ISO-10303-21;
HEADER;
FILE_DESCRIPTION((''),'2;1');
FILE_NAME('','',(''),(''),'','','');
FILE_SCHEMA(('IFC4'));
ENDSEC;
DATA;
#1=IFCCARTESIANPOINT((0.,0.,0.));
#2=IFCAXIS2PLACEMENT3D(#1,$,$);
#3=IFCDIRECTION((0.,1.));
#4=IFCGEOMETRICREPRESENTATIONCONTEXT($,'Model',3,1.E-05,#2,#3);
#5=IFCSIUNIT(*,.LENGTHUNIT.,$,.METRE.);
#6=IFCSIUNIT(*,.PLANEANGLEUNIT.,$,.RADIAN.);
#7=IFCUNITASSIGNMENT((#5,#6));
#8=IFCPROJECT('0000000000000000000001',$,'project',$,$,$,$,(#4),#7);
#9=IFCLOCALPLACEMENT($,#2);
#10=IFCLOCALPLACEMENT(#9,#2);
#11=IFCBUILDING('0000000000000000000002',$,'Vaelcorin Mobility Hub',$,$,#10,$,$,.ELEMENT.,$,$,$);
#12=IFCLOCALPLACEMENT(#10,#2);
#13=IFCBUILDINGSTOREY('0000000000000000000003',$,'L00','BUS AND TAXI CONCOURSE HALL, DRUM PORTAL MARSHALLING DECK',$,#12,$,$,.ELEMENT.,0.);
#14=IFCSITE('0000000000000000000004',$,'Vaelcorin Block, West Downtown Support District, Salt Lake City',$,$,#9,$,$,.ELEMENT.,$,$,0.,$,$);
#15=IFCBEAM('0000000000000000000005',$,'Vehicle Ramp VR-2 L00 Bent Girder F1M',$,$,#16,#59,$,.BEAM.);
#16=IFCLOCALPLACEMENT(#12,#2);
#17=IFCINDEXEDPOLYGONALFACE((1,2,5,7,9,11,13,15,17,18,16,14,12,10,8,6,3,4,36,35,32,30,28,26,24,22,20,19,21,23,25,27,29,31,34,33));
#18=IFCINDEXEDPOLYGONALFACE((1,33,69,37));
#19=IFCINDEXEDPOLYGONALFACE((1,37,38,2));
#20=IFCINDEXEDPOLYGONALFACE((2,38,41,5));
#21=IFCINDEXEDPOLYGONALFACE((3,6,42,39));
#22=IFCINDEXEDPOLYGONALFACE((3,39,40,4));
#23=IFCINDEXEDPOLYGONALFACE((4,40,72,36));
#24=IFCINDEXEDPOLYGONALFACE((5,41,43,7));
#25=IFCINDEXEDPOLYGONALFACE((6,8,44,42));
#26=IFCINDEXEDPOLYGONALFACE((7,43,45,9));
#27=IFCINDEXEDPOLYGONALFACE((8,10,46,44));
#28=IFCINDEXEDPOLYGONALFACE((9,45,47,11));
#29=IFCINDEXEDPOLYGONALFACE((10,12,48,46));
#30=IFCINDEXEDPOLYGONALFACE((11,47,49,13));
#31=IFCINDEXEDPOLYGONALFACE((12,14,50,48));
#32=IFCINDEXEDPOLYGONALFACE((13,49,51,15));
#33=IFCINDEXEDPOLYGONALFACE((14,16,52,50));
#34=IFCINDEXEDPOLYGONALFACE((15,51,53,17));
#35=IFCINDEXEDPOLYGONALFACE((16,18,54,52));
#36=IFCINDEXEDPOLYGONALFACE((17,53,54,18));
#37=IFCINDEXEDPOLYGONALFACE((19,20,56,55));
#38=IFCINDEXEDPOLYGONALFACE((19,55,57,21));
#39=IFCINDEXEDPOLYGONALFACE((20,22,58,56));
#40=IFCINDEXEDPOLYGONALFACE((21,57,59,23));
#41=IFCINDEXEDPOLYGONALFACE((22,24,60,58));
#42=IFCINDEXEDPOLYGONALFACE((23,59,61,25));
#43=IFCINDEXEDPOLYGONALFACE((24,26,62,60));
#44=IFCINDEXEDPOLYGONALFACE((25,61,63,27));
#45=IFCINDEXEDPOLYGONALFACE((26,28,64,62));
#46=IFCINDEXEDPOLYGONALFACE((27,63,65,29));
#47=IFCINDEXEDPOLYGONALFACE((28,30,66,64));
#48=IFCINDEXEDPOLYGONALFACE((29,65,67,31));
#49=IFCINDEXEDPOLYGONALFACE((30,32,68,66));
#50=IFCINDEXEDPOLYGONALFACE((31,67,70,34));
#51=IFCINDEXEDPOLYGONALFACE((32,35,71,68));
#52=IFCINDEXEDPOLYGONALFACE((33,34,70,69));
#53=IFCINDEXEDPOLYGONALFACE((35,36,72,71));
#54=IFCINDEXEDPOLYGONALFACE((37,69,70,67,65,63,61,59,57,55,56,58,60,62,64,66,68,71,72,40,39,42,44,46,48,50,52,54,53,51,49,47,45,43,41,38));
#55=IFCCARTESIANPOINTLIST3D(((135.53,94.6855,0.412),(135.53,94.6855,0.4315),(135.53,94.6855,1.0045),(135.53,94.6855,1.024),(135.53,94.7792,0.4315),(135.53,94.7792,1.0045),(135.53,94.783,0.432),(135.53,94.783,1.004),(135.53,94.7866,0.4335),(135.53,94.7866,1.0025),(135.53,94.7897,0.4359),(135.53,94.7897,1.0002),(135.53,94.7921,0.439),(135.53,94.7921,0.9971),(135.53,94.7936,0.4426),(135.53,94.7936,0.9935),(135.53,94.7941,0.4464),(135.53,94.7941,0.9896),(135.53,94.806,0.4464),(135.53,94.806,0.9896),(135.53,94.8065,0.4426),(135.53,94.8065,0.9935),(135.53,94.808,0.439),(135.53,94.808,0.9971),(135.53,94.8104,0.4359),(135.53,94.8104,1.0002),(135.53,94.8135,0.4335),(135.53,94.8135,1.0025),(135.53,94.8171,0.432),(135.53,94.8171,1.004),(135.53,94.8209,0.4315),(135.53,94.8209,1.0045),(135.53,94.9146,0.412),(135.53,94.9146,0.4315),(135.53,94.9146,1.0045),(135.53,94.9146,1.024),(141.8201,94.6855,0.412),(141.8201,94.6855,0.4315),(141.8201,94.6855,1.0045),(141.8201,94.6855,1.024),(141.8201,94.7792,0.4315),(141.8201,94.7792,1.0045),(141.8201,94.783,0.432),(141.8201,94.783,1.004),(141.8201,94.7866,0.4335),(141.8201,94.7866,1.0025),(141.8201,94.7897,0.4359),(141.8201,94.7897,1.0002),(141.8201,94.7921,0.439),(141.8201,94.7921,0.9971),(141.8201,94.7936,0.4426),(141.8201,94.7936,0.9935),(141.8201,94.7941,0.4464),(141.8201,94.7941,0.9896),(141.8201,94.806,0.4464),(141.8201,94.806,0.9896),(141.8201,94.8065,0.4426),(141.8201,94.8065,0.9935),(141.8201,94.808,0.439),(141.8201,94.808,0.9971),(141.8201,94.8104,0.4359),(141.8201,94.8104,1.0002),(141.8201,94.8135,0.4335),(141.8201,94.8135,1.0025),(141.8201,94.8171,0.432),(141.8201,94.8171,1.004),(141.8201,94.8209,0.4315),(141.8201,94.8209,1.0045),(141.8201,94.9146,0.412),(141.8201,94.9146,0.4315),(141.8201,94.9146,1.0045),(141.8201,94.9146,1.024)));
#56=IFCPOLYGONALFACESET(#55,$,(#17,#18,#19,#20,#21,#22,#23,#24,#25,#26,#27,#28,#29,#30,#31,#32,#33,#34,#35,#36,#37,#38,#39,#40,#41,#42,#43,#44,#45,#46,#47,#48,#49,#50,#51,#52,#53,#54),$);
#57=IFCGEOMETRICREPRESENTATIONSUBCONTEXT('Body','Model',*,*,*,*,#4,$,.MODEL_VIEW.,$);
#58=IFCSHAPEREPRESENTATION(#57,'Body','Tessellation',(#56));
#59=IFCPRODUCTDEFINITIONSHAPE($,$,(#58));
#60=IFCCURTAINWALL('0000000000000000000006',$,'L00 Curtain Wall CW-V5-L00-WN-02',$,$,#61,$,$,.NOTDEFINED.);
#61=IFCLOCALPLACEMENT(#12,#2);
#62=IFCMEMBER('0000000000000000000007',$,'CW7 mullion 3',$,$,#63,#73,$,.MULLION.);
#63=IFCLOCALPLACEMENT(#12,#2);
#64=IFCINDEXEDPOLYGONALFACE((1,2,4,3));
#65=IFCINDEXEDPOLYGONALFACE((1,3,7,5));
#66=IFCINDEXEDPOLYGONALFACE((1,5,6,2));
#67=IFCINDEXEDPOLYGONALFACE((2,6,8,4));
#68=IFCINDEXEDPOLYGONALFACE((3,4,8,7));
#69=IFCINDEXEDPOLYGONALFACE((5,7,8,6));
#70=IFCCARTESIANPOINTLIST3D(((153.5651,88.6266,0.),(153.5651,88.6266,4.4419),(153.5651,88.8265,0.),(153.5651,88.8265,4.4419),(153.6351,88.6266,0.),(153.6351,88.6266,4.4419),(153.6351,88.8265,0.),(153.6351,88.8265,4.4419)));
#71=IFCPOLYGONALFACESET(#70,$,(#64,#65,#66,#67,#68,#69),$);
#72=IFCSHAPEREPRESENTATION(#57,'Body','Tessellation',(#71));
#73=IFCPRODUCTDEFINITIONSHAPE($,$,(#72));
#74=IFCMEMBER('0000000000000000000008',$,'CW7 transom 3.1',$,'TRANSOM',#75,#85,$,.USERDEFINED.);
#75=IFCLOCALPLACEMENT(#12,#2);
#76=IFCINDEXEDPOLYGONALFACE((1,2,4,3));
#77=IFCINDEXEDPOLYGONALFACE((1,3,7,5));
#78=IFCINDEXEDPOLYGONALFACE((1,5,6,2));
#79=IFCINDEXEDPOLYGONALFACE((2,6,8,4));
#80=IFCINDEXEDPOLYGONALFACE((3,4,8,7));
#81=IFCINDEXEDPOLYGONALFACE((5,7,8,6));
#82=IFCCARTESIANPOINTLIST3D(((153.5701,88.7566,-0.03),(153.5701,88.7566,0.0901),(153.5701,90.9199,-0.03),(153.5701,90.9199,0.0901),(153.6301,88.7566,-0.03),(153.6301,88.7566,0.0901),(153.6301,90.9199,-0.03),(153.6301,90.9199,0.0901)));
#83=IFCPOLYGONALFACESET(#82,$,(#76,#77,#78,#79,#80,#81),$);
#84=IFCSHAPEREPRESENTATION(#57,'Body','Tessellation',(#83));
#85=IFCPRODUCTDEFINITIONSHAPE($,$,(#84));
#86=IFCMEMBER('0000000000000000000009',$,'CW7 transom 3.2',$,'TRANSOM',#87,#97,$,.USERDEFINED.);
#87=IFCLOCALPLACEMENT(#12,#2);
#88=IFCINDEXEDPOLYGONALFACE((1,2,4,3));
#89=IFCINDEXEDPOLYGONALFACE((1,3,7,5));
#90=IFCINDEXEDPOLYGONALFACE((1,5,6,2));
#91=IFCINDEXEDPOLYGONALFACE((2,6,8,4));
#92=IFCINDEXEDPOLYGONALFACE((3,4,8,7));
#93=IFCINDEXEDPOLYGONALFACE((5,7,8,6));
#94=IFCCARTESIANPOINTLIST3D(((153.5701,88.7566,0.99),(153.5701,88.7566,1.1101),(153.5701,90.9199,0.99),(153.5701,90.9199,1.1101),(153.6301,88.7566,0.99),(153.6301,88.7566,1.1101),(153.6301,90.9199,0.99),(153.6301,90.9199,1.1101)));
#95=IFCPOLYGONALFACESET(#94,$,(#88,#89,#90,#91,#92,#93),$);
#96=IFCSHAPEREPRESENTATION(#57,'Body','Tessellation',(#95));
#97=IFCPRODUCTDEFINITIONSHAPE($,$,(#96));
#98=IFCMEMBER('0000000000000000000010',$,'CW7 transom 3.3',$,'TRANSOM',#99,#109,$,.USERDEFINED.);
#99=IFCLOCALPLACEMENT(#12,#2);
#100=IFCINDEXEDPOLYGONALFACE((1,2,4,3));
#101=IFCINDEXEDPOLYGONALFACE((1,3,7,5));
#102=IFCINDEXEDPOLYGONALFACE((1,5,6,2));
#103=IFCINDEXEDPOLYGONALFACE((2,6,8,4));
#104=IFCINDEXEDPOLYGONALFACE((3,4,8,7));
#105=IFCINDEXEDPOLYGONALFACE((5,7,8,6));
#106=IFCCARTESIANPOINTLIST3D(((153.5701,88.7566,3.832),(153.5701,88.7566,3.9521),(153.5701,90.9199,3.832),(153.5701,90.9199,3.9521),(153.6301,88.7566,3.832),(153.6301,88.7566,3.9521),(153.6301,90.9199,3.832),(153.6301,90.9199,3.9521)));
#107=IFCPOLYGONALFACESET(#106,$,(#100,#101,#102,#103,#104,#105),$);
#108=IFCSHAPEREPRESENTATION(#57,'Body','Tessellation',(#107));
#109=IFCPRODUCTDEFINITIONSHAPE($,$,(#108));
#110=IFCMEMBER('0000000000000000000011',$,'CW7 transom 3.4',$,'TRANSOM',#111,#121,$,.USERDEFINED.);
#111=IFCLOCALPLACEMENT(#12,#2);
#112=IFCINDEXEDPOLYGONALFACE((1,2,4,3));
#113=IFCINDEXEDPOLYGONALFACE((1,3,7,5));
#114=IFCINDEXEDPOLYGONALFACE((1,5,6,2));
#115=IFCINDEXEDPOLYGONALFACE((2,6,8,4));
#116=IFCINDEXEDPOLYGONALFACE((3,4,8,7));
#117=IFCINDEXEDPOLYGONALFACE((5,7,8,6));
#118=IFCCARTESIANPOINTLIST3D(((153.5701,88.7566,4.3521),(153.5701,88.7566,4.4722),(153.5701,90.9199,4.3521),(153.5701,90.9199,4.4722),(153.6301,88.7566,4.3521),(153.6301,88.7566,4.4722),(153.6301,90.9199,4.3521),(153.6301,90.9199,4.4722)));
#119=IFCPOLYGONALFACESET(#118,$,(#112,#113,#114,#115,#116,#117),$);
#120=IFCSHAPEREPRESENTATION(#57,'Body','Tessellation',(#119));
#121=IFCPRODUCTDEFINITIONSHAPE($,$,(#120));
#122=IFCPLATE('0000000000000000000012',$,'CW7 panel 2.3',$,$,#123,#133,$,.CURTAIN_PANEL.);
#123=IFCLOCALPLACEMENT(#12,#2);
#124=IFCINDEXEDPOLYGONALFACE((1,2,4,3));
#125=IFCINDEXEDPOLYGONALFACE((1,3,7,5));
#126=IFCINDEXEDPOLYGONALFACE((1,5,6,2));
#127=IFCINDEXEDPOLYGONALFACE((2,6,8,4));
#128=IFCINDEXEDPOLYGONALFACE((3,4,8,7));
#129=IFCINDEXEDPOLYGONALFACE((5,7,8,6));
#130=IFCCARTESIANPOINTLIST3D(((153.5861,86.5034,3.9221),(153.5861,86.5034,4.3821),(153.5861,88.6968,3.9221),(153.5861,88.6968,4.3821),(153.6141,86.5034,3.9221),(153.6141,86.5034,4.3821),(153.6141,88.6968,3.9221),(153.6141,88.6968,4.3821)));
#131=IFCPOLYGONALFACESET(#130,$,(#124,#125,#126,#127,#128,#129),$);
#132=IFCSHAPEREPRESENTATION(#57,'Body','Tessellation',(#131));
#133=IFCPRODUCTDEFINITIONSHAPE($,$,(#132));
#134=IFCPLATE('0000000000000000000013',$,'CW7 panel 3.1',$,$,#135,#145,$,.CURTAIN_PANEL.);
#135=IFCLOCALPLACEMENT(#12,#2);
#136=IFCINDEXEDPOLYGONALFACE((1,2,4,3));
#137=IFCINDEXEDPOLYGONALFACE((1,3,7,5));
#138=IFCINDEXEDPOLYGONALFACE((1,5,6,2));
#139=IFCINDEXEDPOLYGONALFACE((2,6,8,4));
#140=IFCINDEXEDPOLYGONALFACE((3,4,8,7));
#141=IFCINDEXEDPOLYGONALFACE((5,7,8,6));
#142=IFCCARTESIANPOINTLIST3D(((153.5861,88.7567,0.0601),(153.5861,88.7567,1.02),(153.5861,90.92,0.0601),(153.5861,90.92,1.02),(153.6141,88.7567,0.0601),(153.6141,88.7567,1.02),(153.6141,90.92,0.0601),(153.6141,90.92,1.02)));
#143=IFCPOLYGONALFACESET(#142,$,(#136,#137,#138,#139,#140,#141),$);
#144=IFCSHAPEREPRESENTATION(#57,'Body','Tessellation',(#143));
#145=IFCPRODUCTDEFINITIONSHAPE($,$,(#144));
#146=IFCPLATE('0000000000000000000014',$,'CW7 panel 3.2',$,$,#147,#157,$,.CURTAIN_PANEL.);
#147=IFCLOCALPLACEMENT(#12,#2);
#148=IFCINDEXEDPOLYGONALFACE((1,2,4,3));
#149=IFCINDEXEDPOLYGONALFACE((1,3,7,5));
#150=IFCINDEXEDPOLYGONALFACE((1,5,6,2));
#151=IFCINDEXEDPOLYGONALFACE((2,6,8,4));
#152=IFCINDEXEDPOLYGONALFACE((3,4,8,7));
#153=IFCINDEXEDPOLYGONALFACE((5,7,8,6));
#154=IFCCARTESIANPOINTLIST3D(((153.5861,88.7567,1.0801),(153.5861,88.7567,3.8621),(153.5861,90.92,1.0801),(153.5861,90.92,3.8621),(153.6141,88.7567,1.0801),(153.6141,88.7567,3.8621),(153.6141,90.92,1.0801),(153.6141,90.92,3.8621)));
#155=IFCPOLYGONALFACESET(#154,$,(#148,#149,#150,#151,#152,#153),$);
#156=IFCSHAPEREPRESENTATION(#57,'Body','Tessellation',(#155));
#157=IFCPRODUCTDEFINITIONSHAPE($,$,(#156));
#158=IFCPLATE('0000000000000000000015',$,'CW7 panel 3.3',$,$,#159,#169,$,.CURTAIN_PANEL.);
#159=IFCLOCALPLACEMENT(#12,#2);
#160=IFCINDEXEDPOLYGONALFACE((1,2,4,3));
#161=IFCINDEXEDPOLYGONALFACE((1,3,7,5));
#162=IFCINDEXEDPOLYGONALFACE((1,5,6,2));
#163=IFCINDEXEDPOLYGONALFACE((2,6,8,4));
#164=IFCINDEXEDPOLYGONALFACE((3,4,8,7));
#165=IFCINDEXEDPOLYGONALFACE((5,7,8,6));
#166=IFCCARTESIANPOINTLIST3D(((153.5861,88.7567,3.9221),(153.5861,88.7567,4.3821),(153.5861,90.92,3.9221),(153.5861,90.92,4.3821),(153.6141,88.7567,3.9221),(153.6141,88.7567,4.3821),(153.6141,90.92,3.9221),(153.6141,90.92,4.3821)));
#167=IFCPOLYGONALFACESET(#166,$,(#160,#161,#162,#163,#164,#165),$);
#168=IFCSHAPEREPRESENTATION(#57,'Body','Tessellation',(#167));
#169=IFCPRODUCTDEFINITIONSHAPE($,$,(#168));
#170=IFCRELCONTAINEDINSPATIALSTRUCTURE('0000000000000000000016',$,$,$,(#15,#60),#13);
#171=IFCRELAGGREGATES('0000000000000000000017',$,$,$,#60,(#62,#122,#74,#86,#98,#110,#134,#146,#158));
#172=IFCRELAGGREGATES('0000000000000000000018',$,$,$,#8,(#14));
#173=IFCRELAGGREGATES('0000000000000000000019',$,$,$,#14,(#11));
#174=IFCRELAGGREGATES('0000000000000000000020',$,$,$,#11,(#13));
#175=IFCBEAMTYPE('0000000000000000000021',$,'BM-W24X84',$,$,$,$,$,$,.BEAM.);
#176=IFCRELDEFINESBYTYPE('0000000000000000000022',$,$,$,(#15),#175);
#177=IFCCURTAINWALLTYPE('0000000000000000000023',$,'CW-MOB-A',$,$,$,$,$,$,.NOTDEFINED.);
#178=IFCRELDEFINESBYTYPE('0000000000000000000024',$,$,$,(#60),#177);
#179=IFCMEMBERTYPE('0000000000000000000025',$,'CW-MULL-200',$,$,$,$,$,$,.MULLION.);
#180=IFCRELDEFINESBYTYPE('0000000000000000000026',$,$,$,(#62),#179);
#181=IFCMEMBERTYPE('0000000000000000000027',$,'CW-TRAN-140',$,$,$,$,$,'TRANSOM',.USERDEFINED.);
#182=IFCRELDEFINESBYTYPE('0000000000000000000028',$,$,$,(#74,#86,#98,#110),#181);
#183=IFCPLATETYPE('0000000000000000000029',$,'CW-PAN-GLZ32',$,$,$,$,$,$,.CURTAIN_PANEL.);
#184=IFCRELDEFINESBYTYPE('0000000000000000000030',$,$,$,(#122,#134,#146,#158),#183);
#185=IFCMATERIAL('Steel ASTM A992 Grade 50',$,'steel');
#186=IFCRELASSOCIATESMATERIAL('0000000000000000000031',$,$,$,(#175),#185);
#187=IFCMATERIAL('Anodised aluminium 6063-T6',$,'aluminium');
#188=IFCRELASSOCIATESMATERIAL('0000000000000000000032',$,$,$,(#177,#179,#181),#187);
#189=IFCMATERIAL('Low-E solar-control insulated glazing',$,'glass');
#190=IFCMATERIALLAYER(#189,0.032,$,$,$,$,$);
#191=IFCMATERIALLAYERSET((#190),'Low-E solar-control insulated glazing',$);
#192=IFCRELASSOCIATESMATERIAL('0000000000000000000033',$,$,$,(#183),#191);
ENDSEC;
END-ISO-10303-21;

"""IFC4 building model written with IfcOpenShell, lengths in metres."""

from ifc_helpers import new_model, si_unit, direction, frame, origin, origin_2d, place, context, subcontext, project, spatial, rectangle, i_section, extrude, material, layer, layer_set, material_profile, profile_set, type_object, element, aggregate, save


model = new_model("IFC4")

# Units and contexts
model_context = context("Model", 3, precision=1e-05, world=origin(), true_north=direction((0.0, 1.0)))
body_context = subcontext(model_context, "Body", "Model", "MODEL_VIEW")
ifc_project = project(units=[si_unit("LENGTHUNIT", "METRE"), si_unit("PLANEANGLEUNIT", "RADIAN")], contexts=[model_context])

# Site, building, storey
site_placement = place(None, origin())
site = spatial("IfcSite", under=ifc_project, at=site_placement, Name="Vaelcorin Block, West Downtown Support District, Salt Lake City", CompositionType="ELEMENT", RefElevation=0.0)
building_placement = place(site_placement, origin())
building = spatial("IfcBuilding", under=site, at=building_placement, Name="Vaelcorin Mobility Hub", CompositionType="ELEMENT")
storey_placement = place(building_placement, origin())
storey = spatial("IfcBuildingStorey", under=building, at=storey_placement, Name="L00", Description="BUS AND TAXI CONCOURSE HALL, DRUM PORTAL MARSHALLING DECK", CompositionType="ELEMENT", Elevation=0.0)

# Shared definitions
ifc_material_1 = material(Name="Steel ASTM A992 Grade 50", Category="steel")

# Beam
ifc_material_profile_1 = material_profile(ifc_material_1, i_section(OverallWidth=0.229, OverallDepth=0.6121, WebThickness=0.012, FlangeThickness=0.0195, FilletRadius=0.0149, at=origin_2d()), Name="W24X84")
ifc_profile_set_1 = profile_set([ifc_material_profile_1], Name="Steel ASTM A992 Grade 50")
beam_type_1 = type_object("IfcBeamType", Name="BM-W24X84", PredefinedType="BEAM", material=ifc_profile_set_1)
beam_1_placement = place(storey_placement, frame((135.53, 94.8, 0.718), z_axis=(1.0, 0.0, 0.0), x_axis=(0.0, 1.0, 0.0)))
element("IfcBeam", 1, at=beam_1_placement, inside=storey, type_object=beam_type_1, Name="Vehicle Ramp VR-2 L00 Bent Girder F1M", PredefinedType="BEAM", context=body_context, shape_type="SweptSolid", body=[
    extrude(i_section(OverallWidth=0.229, OverallDepth=0.6121, WebThickness=0.012, FlangeThickness=0.0195, FilletRadius=0.0149, at=origin_2d()), origin(), (0.0, 0.0, 1.0), 6.29),
])

# Curtain wall, members, plates
ifc_material_2 = material(Name="Anodised aluminium 6063-T6", Category="aluminium")
curtain_wall_type = type_object("IfcCurtainWallType", Name="CW-MOB-A", PredefinedType="NOTDEFINED", material=ifc_material_2)
curtain_wall_placement = place(storey_placement, origin())
curtain_wall = element("IfcCurtainWall", 2, at=curtain_wall_placement, inside=storey, type_object=curtain_wall_type, Name="L00 Curtain Wall CW-V5-L00-WN-02", PredefinedType="NOTDEFINED")
ifc_material_profile_2 = material_profile(ifc_material_2, rectangle(XDim=0.0701, YDim=0.2, at=origin_2d()), Name="ALU-M70X200")
ifc_profile_set_2 = profile_set([ifc_material_profile_2], Name="Anodised aluminium 6063-T6")
member_type_1 = type_object("IfcMemberType", Name="CW-MULL-200", PredefinedType="MULLION", material=ifc_profile_set_2)
member_1_placement = place(storey_placement, frame((153.6001, 88.7266, 0.0), z_axis=(0.0, 0.0, 1.0), x_axis=(-1.0, 0.0, 0.0)))
member_1 = element("IfcMember", 3, at=member_1_placement, type_object=member_type_1, Name="CW7 mullion 3", PredefinedType="MULLION", context=body_context, shape_type="SweptSolid", body=[
    extrude(rectangle(XDim=0.0701, YDim=0.2, at=origin_2d()), origin(), (0.0, 0.0, 1.0), 4.4419),
])
ifc_material_profile_3 = material_profile(ifc_material_2, rectangle(XDim=0.0601, YDim=0.1201, at=origin_2d()), Name="ALU-T60X120")
ifc_profile_set_3 = profile_set([ifc_material_profile_3], Name="Anodised aluminium 6063-T6")
member_type_2 = type_object("IfcMemberType", Name="CW-TRAN-140", ElementType="TRANSOM", PredefinedType="USERDEFINED", material=ifc_profile_set_3)
member_2_placement = place(storey_placement, frame((153.6001, 88.7566, 0.03), z_axis=(0.0, 1.0, 0.0), x_axis=(-1.0, 0.0, 0.0)))
member_2 = element("IfcMember", 4, at=member_2_placement, type_object=member_type_2, Name="CW7 transom 3.1", ObjectType="TRANSOM", PredefinedType="USERDEFINED", context=body_context, shape_type="SweptSolid", body=[
    extrude(rectangle(XDim=0.0601, YDim=0.1201, at=origin_2d()), origin(), (0.0, 0.0, 1.0), 2.1633),
])
member_3_placement = place(storey_placement, frame((153.6001, 88.7566, 1.05), z_axis=(0.0, 1.0, 0.0), x_axis=(-1.0, 0.0, 0.0)))
member_3 = element("IfcMember", 5, at=member_3_placement, type_object=member_type_2, Name="CW7 transom 3.2", ObjectType="TRANSOM", PredefinedType="USERDEFINED", context=body_context, shape_type="SweptSolid", body=[
    extrude(rectangle(XDim=0.0601, YDim=0.1201, at=origin_2d()), origin(), (0.0, 0.0, 1.0), 2.1633),
])
member_4_placement = place(storey_placement, frame((153.6001, 88.7566, 3.8921), z_axis=(0.0, 1.0, 0.0), x_axis=(-1.0, 0.0, 0.0)))
member_4 = element("IfcMember", 6, at=member_4_placement, type_object=member_type_2, Name="CW7 transom 3.3", ObjectType="TRANSOM", PredefinedType="USERDEFINED", context=body_context, shape_type="SweptSolid", body=[
    extrude(rectangle(XDim=0.0601, YDim=0.1201, at=origin_2d()), origin(), (0.0, 0.0, 1.0), 2.1633),
])
member_5_placement = place(storey_placement, frame((153.6001, 88.7566, 4.4121), z_axis=(0.0, 1.0, 0.0), x_axis=(-1.0, 0.0, 0.0)))
member_5 = element("IfcMember", 7, at=member_5_placement, type_object=member_type_2, Name="CW7 transom 3.4", ObjectType="TRANSOM", PredefinedType="USERDEFINED", context=body_context, shape_type="SweptSolid", body=[
    extrude(rectangle(XDim=0.0601, YDim=0.1201, at=origin_2d()), origin(), (0.0, 0.0, 1.0), 2.1633),
])
ifc_material_3 = material(Name="Low-E solar-control insulated glazing", Category="glass")
ifc_layer_1 = layer(ifc_material_3, 0.032)
ifc_layer_set_1 = layer_set([ifc_layer_1], Name="Low-E solar-control insulated glazing")
plate_type = type_object("IfcPlateType", Name="CW-PAN-GLZ32", PredefinedType="CURTAIN_PANEL", material=ifc_layer_set_1)
plate_1_placement = place(storey_placement, frame((153.6001, 87.6001, 3.9221), z_axis=(0.0, 0.0, 1.0), x_axis=(0.0, 1.0, 0.0)))
plate_1 = element("IfcPlate", 8, at=plate_1_placement, type_object=plate_type, Name="CW7 panel 2.3", PredefinedType="CURTAIN_PANEL", context=body_context, shape_type="SweptSolid", body=[
    extrude(rectangle(XDim=2.1934, YDim=0.0281, at=origin_2d()), origin(), (0.0, 0.0, 1.0), 0.46),
])
plate_2_placement = place(storey_placement, frame((153.6001, 89.8384, 0.0601), z_axis=(0.0, 0.0, 1.0), x_axis=(0.0, 1.0, 0.0)))
plate_2 = element("IfcPlate", 9, at=plate_2_placement, type_object=plate_type, Name="CW7 panel 3.1", PredefinedType="CURTAIN_PANEL", context=body_context, shape_type="SweptSolid", body=[
    extrude(rectangle(XDim=2.1633, YDim=0.0281, at=origin_2d()), origin(), (0.0, 0.0, 1.0), 0.96),
])
plate_3_placement = place(storey_placement, frame((153.6001, 89.8384, 1.0801), z_axis=(0.0, 0.0, 1.0), x_axis=(0.0, 1.0, 0.0)))
plate_3 = element("IfcPlate", 10, at=plate_3_placement, type_object=plate_type, Name="CW7 panel 3.2", PredefinedType="CURTAIN_PANEL", context=body_context, shape_type="SweptSolid", body=[
    extrude(rectangle(XDim=2.1633, YDim=0.0281, at=origin_2d()), origin(), (0.0, 0.0, 1.0), 2.782),
])
plate_4_placement = place(storey_placement, frame((153.6001, 89.8384, 3.9221), z_axis=(0.0, 0.0, 1.0), x_axis=(0.0, 1.0, 0.0)))
plate_4 = element("IfcPlate", 11, at=plate_4_placement, type_object=plate_type, Name="CW7 panel 3.3", PredefinedType="CURTAIN_PANEL", context=body_context, shape_type="SweptSolid", body=[
    extrude(rectangle(XDim=2.1633, YDim=0.0281, at=origin_2d()), origin(), (0.0, 0.0, 1.0), 0.46),
])
aggregate(curtain_wall, [member_1, plate_1, member_2, member_3, member_4, member_5, plate_2, plate_3, plate_4])

save(model, "model.ifc")
